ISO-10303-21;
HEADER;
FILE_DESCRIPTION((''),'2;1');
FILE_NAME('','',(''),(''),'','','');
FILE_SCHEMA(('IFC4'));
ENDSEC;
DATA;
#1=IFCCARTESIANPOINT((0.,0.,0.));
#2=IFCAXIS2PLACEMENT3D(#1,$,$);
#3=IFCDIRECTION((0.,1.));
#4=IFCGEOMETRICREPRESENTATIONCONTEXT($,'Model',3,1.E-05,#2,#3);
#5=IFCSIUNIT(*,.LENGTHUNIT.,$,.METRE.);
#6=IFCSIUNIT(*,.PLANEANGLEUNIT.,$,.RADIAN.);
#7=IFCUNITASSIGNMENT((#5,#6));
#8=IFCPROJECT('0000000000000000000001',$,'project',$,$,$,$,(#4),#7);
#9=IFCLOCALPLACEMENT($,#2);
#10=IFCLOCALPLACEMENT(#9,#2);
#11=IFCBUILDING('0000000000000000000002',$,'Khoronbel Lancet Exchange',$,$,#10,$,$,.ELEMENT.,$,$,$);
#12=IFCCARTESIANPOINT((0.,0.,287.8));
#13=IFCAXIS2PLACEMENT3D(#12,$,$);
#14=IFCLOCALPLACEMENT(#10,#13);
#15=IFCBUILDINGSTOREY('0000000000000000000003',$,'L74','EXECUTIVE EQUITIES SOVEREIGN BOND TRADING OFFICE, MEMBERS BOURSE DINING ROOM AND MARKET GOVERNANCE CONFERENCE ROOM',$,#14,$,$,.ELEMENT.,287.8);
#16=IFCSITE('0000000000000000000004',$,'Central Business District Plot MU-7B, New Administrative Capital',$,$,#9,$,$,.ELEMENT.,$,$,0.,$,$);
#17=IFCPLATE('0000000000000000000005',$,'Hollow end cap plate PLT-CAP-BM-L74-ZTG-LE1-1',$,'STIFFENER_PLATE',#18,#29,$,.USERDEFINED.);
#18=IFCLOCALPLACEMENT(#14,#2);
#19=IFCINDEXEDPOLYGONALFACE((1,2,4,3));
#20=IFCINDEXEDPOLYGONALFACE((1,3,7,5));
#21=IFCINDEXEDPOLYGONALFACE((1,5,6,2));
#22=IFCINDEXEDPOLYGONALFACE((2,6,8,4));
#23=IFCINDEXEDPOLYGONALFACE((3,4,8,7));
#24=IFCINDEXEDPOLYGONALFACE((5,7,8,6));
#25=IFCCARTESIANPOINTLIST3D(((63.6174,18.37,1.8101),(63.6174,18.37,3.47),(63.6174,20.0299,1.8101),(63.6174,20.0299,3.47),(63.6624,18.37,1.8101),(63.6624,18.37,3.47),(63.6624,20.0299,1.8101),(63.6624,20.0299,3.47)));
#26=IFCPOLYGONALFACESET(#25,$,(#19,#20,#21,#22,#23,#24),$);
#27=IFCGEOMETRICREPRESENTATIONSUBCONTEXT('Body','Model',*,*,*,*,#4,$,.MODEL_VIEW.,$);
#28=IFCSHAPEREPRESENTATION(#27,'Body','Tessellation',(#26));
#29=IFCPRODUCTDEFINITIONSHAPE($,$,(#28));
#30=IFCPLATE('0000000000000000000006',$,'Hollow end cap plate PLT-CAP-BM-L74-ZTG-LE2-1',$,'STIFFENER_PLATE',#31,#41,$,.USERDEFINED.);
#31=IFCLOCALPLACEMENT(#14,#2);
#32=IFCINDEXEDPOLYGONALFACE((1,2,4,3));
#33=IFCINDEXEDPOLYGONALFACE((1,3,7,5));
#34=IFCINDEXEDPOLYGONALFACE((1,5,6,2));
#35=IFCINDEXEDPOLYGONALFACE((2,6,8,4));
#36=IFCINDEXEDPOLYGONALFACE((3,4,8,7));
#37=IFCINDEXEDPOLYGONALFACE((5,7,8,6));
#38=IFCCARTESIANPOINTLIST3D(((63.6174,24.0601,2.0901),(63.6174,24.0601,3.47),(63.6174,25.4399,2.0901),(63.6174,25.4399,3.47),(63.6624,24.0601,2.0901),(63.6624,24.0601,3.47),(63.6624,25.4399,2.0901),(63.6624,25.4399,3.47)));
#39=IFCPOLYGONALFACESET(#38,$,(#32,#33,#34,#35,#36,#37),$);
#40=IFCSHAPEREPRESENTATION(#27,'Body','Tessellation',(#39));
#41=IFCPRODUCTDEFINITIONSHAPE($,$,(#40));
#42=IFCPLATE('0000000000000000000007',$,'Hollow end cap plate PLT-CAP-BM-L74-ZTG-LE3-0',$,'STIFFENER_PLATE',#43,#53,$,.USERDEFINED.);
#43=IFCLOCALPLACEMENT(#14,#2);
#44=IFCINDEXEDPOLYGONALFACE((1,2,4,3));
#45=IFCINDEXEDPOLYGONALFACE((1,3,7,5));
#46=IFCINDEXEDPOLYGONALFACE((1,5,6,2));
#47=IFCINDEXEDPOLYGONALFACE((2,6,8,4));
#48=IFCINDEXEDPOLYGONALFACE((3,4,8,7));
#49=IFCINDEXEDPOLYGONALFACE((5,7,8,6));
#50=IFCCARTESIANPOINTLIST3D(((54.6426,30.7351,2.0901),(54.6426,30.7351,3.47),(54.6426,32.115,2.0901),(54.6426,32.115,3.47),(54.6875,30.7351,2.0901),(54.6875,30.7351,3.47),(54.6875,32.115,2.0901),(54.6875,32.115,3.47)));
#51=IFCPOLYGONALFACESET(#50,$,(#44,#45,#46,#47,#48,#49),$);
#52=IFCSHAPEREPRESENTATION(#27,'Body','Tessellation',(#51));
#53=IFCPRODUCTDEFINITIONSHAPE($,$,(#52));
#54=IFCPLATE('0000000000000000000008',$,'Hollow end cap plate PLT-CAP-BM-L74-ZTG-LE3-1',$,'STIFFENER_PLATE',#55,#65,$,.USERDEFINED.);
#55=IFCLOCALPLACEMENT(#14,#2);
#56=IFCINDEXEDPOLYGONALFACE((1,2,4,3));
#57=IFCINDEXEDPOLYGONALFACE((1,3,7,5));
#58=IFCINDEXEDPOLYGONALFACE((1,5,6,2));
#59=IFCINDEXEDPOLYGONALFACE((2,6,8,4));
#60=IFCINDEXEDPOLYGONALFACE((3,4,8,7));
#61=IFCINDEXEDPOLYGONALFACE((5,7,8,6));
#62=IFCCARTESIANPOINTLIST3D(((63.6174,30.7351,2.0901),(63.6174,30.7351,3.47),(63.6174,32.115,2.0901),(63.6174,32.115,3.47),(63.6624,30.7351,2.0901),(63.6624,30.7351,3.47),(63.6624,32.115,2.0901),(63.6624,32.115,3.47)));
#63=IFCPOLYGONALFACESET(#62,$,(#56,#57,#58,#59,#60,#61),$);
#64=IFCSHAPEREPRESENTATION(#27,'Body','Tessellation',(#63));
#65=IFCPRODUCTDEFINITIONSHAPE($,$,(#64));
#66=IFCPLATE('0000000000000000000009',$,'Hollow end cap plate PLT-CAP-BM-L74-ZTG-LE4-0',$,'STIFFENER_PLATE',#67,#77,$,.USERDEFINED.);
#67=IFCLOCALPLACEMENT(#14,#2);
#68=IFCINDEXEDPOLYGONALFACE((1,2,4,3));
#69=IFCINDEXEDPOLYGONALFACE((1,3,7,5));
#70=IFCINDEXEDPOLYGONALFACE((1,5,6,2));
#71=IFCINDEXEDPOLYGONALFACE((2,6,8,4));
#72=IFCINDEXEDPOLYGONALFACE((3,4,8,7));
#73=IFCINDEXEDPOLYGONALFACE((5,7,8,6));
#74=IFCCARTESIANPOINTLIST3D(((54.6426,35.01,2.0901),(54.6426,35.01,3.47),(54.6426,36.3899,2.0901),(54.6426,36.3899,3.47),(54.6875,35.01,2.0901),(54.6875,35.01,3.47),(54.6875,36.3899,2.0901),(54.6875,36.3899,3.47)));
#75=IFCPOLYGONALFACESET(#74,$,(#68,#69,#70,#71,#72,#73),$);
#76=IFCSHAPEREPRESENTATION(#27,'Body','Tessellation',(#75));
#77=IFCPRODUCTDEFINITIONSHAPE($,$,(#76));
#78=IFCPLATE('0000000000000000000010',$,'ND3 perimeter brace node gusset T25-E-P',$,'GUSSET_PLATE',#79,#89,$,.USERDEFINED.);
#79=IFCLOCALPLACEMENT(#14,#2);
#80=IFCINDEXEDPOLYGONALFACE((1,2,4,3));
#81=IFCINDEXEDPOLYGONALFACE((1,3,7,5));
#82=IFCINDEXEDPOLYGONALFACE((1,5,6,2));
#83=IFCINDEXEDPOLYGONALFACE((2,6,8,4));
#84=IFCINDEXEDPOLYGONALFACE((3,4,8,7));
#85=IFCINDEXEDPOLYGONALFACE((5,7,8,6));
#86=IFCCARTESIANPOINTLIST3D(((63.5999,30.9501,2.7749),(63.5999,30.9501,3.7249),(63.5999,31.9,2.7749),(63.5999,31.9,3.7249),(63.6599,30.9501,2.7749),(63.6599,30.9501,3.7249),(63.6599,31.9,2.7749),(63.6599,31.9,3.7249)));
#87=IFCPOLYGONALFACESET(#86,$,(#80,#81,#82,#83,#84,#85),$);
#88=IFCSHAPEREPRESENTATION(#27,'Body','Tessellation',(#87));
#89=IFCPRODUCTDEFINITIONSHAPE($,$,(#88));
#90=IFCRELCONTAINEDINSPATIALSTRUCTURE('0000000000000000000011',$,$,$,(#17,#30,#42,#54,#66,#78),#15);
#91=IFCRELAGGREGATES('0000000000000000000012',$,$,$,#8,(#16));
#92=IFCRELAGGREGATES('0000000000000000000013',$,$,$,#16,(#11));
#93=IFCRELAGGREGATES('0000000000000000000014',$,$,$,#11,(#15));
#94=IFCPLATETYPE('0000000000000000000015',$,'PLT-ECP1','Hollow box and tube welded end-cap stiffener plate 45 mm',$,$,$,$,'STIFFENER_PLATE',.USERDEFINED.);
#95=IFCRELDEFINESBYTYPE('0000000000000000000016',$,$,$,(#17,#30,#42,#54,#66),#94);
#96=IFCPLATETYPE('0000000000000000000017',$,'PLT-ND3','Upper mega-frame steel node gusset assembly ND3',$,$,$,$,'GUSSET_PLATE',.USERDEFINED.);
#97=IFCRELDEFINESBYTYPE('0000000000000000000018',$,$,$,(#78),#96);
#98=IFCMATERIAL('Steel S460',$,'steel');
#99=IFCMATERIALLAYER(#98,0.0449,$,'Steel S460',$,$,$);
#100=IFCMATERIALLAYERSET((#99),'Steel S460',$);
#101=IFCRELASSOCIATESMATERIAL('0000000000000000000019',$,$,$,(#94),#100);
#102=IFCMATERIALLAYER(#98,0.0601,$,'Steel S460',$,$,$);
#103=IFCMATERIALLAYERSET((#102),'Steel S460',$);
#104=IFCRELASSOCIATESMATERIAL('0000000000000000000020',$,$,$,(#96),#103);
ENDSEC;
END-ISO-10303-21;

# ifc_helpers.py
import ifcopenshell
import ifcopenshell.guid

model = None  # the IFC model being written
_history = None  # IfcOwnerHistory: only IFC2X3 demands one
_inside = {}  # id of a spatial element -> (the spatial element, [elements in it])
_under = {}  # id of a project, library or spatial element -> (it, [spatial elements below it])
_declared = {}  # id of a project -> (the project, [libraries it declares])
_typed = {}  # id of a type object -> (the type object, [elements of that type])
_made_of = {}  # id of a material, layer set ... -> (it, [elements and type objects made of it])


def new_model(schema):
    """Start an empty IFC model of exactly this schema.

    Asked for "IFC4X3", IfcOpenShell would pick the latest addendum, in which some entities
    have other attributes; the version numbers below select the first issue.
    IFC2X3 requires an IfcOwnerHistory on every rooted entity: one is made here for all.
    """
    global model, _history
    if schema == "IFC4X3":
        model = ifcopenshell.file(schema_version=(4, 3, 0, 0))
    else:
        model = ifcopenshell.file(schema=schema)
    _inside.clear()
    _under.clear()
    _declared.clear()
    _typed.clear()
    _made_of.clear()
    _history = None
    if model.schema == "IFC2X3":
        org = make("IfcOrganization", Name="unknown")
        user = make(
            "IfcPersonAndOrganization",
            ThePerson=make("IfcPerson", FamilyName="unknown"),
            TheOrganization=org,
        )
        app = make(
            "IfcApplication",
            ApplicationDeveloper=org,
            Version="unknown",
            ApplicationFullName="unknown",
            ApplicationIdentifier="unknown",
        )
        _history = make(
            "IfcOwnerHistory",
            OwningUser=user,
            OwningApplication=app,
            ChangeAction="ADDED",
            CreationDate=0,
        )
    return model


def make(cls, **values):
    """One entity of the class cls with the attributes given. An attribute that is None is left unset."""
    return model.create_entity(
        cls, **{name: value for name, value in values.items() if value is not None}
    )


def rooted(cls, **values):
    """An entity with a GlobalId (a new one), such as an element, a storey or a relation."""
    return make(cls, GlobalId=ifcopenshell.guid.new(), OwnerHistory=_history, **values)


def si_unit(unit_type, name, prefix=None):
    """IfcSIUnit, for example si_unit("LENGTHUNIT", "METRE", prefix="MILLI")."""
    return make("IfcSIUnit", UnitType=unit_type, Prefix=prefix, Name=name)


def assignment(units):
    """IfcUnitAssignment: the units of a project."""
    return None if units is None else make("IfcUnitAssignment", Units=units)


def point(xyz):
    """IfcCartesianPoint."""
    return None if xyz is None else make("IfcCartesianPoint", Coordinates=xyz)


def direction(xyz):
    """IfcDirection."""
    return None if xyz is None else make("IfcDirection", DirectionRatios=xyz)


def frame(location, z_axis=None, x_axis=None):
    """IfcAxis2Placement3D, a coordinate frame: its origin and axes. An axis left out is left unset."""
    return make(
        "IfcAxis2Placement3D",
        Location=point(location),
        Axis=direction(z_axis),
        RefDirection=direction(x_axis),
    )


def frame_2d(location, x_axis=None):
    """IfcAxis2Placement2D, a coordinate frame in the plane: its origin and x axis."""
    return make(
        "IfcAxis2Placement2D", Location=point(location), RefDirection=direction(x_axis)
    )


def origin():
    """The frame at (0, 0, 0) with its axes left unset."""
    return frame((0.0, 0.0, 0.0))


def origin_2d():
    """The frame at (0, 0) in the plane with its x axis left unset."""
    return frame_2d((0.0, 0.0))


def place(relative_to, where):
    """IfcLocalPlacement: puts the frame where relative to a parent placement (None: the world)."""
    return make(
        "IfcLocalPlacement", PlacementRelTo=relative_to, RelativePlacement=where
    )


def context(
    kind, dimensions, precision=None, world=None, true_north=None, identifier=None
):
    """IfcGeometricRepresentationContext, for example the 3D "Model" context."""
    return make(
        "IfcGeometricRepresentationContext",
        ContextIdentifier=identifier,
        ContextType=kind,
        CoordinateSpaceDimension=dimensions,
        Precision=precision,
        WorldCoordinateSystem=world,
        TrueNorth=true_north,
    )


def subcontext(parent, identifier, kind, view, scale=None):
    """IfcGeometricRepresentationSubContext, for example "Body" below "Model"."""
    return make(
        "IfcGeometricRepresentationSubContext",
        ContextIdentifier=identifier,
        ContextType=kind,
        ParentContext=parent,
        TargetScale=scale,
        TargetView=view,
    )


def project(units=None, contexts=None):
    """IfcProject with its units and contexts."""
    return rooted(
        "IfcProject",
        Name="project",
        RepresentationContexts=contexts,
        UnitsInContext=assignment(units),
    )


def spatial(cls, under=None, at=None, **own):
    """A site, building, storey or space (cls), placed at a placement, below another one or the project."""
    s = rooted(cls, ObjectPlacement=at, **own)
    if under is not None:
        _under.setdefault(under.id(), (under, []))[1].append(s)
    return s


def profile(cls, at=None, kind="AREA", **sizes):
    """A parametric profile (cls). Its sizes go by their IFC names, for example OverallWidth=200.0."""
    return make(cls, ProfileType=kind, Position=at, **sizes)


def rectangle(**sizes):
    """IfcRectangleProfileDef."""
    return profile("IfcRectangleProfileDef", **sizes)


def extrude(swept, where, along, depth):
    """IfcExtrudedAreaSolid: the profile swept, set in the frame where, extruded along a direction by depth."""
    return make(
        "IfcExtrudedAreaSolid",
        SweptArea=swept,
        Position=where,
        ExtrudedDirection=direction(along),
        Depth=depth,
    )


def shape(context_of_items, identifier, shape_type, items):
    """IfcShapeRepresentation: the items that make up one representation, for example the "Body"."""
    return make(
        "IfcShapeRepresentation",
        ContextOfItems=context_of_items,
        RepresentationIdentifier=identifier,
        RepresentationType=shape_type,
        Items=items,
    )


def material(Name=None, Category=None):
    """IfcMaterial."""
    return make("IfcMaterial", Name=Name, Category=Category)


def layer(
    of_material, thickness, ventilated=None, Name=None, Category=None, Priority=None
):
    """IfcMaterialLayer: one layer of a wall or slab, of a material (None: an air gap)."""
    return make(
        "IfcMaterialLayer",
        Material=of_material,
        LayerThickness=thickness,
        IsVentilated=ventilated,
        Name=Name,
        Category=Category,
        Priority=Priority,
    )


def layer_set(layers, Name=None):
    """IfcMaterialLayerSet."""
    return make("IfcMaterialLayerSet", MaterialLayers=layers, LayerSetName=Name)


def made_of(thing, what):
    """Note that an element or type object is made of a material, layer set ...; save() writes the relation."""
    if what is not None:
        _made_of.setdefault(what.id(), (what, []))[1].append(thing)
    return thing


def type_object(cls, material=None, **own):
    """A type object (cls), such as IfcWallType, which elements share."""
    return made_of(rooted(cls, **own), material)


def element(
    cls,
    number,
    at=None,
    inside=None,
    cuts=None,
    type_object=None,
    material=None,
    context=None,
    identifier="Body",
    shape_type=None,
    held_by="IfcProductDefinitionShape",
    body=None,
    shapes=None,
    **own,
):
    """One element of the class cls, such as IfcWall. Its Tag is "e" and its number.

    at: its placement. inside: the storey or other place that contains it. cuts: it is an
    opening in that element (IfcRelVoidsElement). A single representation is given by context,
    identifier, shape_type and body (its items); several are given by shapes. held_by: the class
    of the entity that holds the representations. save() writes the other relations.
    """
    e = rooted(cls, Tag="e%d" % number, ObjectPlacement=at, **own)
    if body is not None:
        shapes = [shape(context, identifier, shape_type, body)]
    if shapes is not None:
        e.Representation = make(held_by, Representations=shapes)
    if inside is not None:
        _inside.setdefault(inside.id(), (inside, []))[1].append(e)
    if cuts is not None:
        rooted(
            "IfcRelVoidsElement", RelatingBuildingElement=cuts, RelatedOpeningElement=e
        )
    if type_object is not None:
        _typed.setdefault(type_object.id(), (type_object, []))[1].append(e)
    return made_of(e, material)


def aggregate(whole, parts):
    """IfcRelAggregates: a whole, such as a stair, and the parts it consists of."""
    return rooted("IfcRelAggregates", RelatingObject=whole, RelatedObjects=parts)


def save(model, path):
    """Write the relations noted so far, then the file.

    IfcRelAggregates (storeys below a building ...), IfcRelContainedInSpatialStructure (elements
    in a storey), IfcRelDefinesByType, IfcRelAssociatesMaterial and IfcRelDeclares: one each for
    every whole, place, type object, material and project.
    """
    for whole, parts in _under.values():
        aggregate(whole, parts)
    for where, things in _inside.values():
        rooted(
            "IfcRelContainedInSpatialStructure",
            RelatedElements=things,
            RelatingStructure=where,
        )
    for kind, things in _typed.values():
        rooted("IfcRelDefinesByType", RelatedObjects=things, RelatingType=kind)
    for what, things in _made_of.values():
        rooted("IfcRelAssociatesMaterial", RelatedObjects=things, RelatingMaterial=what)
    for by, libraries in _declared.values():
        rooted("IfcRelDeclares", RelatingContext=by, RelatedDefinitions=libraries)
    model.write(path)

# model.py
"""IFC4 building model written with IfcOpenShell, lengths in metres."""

from ifc_helpers import new_model, si_unit, direction, frame, origin, origin_2d, place, context, subcontext, project, spatial, rectangle, extrude, material, layer, layer_set, type_object, element, save


model = new_model("IFC4")

# Units and contexts
model_context = context("Model", 3, precision=1e-05, world=origin(), true_north=direction((0.0, 1.0)))
body_context = subcontext(model_context, "Body", "Model", "MODEL_VIEW")
ifc_project = project(units=[si_unit("LENGTHUNIT", "METRE"), si_unit("PLANEANGLEUNIT", "RADIAN")], contexts=[model_context])

# Site, building, storey
site_placement = place(None, origin())
site = spatial("IfcSite", under=ifc_project, at=site_placement, Name="Central Business District Plot MU-7B, New Administrative Capital", CompositionType="ELEMENT", RefElevation=0.0)
building_placement = place(site_placement, origin())
building = spatial("IfcBuilding", under=site, at=building_placement, Name="Khoronbel Lancet Exchange", CompositionType="ELEMENT")
storey_placement = place(building_placement, frame((0.0, 0.0, 287.8)))
storey = spatial("IfcBuildingStorey", under=building, at=storey_placement, Name="L74", Description="EXECUTIVE EQUITIES SOVEREIGN BOND TRADING OFFICE, MEMBERS BOURSE DINING ROOM AND MARKET GOVERNANCE CONFERENCE ROOM", CompositionType="ELEMENT", Elevation=287.8)

# Shared definitions
ifc_material_1 = material(Name="Steel S460", Category="steel")

# Plates
ifc_layer_1 = layer(ifc_material_1, 0.0449, Name="Steel S460")
ifc_layer_set_1 = layer_set([ifc_layer_1], Name="Steel S460")
plate_type_1 = type_object("IfcPlateType", Name="PLT-ECP1", Description="Hollow box and tube welded end-cap stiffener plate 45 mm", ElementType="STIFFENER_PLATE", PredefinedType="USERDEFINED", material=ifc_layer_set_1)
plate_1_placement = place(storey_placement, frame((63.6399, 19.2, 1.8101), z_axis=(0.0, 0.0, 1.0), x_axis=(1.0, 0.0, 0.0)))
element("IfcPlate", 1, at=plate_1_placement, inside=storey, type_object=plate_type_1, Name="Hollow end cap plate PLT-CAP-BM-L74-ZTG-LE1-1", ObjectType="STIFFENER_PLATE", PredefinedType="USERDEFINED", context=body_context, shape_type="SweptSolid", body=[
    extrude(rectangle(XDim=0.0449, YDim=1.6599, at=origin_2d()), origin(), (0.0, 0.0, 1.0), 1.6599),
])
for number, where, z_axis, x_axis, name in (
    (2, (63.6399, 24.75, 2.0901), (0.0, 0.0, 1.0), (1.0, 0.0, 0.0), "Hollow end cap plate PLT-CAP-BM-L74-ZTG-LE2-1"),
    (3, (54.665, 31.425, 2.0901), (0.0, 0.0, 1.0), (-1.0, 0.0, 0.0), "Hollow end cap plate PLT-CAP-BM-L74-ZTG-LE3-0"),
    (4, (63.6399, 31.425, 2.0901), (0.0, 0.0, 1.0), (1.0, 0.0, 0.0), "Hollow end cap plate PLT-CAP-BM-L74-ZTG-LE3-1"),
    (5, (54.665, 35.7, 2.0901), (0.0, 0.0, 1.0), (-1.0, 0.0, 0.0), "Hollow end cap plate PLT-CAP-BM-L74-ZTG-LE4-0"),
):
    element("IfcPlate", number, at=place(storey_placement, frame(where, z_axis=z_axis, x_axis=x_axis)), inside=storey, type_object=plate_type_1, Name=name, ObjectType="STIFFENER_PLATE", PredefinedType="USERDEFINED", context=body_context, shape_type="SweptSolid", body=[
        extrude(rectangle(XDim=0.0449, YDim=1.3799, at=origin_2d()), origin(), (0.0, 0.0, 1.0), 1.3799),
    ])
ifc_layer_2 = layer(ifc_material_1, 0.0601, Name="Steel S460")
ifc_layer_set_2 = layer_set([ifc_layer_2], Name="Steel S460")
plate_type_2 = type_object("IfcPlateType", Name="PLT-ND3", Description="Upper mega-frame steel node gusset assembly ND3", ElementType="GUSSET_PLATE", PredefinedType="USERDEFINED", material=ifc_layer_set_2)
plate_2_placement = place(storey_placement, frame((63.6299, 31.425, 2.7749), z_axis=(0.0, 0.0, 1.0), x_axis=(0.0, 1.0, 0.0)))
element("IfcPlate", 6, at=plate_2_placement, inside=storey, type_object=plate_type_2, Name="ND3 perimeter brace node gusset T25-E-P", ObjectType="GUSSET_PLATE", PredefinedType="USERDEFINED", context=body_context, shape_type="SweptSolid", body=[
    extrude(rectangle(XDim=0.95, YDim=0.0601, at=origin_2d()), origin(), (0.0, 0.0, 1.0), 0.95),
])

save(model, "model.ifc")
